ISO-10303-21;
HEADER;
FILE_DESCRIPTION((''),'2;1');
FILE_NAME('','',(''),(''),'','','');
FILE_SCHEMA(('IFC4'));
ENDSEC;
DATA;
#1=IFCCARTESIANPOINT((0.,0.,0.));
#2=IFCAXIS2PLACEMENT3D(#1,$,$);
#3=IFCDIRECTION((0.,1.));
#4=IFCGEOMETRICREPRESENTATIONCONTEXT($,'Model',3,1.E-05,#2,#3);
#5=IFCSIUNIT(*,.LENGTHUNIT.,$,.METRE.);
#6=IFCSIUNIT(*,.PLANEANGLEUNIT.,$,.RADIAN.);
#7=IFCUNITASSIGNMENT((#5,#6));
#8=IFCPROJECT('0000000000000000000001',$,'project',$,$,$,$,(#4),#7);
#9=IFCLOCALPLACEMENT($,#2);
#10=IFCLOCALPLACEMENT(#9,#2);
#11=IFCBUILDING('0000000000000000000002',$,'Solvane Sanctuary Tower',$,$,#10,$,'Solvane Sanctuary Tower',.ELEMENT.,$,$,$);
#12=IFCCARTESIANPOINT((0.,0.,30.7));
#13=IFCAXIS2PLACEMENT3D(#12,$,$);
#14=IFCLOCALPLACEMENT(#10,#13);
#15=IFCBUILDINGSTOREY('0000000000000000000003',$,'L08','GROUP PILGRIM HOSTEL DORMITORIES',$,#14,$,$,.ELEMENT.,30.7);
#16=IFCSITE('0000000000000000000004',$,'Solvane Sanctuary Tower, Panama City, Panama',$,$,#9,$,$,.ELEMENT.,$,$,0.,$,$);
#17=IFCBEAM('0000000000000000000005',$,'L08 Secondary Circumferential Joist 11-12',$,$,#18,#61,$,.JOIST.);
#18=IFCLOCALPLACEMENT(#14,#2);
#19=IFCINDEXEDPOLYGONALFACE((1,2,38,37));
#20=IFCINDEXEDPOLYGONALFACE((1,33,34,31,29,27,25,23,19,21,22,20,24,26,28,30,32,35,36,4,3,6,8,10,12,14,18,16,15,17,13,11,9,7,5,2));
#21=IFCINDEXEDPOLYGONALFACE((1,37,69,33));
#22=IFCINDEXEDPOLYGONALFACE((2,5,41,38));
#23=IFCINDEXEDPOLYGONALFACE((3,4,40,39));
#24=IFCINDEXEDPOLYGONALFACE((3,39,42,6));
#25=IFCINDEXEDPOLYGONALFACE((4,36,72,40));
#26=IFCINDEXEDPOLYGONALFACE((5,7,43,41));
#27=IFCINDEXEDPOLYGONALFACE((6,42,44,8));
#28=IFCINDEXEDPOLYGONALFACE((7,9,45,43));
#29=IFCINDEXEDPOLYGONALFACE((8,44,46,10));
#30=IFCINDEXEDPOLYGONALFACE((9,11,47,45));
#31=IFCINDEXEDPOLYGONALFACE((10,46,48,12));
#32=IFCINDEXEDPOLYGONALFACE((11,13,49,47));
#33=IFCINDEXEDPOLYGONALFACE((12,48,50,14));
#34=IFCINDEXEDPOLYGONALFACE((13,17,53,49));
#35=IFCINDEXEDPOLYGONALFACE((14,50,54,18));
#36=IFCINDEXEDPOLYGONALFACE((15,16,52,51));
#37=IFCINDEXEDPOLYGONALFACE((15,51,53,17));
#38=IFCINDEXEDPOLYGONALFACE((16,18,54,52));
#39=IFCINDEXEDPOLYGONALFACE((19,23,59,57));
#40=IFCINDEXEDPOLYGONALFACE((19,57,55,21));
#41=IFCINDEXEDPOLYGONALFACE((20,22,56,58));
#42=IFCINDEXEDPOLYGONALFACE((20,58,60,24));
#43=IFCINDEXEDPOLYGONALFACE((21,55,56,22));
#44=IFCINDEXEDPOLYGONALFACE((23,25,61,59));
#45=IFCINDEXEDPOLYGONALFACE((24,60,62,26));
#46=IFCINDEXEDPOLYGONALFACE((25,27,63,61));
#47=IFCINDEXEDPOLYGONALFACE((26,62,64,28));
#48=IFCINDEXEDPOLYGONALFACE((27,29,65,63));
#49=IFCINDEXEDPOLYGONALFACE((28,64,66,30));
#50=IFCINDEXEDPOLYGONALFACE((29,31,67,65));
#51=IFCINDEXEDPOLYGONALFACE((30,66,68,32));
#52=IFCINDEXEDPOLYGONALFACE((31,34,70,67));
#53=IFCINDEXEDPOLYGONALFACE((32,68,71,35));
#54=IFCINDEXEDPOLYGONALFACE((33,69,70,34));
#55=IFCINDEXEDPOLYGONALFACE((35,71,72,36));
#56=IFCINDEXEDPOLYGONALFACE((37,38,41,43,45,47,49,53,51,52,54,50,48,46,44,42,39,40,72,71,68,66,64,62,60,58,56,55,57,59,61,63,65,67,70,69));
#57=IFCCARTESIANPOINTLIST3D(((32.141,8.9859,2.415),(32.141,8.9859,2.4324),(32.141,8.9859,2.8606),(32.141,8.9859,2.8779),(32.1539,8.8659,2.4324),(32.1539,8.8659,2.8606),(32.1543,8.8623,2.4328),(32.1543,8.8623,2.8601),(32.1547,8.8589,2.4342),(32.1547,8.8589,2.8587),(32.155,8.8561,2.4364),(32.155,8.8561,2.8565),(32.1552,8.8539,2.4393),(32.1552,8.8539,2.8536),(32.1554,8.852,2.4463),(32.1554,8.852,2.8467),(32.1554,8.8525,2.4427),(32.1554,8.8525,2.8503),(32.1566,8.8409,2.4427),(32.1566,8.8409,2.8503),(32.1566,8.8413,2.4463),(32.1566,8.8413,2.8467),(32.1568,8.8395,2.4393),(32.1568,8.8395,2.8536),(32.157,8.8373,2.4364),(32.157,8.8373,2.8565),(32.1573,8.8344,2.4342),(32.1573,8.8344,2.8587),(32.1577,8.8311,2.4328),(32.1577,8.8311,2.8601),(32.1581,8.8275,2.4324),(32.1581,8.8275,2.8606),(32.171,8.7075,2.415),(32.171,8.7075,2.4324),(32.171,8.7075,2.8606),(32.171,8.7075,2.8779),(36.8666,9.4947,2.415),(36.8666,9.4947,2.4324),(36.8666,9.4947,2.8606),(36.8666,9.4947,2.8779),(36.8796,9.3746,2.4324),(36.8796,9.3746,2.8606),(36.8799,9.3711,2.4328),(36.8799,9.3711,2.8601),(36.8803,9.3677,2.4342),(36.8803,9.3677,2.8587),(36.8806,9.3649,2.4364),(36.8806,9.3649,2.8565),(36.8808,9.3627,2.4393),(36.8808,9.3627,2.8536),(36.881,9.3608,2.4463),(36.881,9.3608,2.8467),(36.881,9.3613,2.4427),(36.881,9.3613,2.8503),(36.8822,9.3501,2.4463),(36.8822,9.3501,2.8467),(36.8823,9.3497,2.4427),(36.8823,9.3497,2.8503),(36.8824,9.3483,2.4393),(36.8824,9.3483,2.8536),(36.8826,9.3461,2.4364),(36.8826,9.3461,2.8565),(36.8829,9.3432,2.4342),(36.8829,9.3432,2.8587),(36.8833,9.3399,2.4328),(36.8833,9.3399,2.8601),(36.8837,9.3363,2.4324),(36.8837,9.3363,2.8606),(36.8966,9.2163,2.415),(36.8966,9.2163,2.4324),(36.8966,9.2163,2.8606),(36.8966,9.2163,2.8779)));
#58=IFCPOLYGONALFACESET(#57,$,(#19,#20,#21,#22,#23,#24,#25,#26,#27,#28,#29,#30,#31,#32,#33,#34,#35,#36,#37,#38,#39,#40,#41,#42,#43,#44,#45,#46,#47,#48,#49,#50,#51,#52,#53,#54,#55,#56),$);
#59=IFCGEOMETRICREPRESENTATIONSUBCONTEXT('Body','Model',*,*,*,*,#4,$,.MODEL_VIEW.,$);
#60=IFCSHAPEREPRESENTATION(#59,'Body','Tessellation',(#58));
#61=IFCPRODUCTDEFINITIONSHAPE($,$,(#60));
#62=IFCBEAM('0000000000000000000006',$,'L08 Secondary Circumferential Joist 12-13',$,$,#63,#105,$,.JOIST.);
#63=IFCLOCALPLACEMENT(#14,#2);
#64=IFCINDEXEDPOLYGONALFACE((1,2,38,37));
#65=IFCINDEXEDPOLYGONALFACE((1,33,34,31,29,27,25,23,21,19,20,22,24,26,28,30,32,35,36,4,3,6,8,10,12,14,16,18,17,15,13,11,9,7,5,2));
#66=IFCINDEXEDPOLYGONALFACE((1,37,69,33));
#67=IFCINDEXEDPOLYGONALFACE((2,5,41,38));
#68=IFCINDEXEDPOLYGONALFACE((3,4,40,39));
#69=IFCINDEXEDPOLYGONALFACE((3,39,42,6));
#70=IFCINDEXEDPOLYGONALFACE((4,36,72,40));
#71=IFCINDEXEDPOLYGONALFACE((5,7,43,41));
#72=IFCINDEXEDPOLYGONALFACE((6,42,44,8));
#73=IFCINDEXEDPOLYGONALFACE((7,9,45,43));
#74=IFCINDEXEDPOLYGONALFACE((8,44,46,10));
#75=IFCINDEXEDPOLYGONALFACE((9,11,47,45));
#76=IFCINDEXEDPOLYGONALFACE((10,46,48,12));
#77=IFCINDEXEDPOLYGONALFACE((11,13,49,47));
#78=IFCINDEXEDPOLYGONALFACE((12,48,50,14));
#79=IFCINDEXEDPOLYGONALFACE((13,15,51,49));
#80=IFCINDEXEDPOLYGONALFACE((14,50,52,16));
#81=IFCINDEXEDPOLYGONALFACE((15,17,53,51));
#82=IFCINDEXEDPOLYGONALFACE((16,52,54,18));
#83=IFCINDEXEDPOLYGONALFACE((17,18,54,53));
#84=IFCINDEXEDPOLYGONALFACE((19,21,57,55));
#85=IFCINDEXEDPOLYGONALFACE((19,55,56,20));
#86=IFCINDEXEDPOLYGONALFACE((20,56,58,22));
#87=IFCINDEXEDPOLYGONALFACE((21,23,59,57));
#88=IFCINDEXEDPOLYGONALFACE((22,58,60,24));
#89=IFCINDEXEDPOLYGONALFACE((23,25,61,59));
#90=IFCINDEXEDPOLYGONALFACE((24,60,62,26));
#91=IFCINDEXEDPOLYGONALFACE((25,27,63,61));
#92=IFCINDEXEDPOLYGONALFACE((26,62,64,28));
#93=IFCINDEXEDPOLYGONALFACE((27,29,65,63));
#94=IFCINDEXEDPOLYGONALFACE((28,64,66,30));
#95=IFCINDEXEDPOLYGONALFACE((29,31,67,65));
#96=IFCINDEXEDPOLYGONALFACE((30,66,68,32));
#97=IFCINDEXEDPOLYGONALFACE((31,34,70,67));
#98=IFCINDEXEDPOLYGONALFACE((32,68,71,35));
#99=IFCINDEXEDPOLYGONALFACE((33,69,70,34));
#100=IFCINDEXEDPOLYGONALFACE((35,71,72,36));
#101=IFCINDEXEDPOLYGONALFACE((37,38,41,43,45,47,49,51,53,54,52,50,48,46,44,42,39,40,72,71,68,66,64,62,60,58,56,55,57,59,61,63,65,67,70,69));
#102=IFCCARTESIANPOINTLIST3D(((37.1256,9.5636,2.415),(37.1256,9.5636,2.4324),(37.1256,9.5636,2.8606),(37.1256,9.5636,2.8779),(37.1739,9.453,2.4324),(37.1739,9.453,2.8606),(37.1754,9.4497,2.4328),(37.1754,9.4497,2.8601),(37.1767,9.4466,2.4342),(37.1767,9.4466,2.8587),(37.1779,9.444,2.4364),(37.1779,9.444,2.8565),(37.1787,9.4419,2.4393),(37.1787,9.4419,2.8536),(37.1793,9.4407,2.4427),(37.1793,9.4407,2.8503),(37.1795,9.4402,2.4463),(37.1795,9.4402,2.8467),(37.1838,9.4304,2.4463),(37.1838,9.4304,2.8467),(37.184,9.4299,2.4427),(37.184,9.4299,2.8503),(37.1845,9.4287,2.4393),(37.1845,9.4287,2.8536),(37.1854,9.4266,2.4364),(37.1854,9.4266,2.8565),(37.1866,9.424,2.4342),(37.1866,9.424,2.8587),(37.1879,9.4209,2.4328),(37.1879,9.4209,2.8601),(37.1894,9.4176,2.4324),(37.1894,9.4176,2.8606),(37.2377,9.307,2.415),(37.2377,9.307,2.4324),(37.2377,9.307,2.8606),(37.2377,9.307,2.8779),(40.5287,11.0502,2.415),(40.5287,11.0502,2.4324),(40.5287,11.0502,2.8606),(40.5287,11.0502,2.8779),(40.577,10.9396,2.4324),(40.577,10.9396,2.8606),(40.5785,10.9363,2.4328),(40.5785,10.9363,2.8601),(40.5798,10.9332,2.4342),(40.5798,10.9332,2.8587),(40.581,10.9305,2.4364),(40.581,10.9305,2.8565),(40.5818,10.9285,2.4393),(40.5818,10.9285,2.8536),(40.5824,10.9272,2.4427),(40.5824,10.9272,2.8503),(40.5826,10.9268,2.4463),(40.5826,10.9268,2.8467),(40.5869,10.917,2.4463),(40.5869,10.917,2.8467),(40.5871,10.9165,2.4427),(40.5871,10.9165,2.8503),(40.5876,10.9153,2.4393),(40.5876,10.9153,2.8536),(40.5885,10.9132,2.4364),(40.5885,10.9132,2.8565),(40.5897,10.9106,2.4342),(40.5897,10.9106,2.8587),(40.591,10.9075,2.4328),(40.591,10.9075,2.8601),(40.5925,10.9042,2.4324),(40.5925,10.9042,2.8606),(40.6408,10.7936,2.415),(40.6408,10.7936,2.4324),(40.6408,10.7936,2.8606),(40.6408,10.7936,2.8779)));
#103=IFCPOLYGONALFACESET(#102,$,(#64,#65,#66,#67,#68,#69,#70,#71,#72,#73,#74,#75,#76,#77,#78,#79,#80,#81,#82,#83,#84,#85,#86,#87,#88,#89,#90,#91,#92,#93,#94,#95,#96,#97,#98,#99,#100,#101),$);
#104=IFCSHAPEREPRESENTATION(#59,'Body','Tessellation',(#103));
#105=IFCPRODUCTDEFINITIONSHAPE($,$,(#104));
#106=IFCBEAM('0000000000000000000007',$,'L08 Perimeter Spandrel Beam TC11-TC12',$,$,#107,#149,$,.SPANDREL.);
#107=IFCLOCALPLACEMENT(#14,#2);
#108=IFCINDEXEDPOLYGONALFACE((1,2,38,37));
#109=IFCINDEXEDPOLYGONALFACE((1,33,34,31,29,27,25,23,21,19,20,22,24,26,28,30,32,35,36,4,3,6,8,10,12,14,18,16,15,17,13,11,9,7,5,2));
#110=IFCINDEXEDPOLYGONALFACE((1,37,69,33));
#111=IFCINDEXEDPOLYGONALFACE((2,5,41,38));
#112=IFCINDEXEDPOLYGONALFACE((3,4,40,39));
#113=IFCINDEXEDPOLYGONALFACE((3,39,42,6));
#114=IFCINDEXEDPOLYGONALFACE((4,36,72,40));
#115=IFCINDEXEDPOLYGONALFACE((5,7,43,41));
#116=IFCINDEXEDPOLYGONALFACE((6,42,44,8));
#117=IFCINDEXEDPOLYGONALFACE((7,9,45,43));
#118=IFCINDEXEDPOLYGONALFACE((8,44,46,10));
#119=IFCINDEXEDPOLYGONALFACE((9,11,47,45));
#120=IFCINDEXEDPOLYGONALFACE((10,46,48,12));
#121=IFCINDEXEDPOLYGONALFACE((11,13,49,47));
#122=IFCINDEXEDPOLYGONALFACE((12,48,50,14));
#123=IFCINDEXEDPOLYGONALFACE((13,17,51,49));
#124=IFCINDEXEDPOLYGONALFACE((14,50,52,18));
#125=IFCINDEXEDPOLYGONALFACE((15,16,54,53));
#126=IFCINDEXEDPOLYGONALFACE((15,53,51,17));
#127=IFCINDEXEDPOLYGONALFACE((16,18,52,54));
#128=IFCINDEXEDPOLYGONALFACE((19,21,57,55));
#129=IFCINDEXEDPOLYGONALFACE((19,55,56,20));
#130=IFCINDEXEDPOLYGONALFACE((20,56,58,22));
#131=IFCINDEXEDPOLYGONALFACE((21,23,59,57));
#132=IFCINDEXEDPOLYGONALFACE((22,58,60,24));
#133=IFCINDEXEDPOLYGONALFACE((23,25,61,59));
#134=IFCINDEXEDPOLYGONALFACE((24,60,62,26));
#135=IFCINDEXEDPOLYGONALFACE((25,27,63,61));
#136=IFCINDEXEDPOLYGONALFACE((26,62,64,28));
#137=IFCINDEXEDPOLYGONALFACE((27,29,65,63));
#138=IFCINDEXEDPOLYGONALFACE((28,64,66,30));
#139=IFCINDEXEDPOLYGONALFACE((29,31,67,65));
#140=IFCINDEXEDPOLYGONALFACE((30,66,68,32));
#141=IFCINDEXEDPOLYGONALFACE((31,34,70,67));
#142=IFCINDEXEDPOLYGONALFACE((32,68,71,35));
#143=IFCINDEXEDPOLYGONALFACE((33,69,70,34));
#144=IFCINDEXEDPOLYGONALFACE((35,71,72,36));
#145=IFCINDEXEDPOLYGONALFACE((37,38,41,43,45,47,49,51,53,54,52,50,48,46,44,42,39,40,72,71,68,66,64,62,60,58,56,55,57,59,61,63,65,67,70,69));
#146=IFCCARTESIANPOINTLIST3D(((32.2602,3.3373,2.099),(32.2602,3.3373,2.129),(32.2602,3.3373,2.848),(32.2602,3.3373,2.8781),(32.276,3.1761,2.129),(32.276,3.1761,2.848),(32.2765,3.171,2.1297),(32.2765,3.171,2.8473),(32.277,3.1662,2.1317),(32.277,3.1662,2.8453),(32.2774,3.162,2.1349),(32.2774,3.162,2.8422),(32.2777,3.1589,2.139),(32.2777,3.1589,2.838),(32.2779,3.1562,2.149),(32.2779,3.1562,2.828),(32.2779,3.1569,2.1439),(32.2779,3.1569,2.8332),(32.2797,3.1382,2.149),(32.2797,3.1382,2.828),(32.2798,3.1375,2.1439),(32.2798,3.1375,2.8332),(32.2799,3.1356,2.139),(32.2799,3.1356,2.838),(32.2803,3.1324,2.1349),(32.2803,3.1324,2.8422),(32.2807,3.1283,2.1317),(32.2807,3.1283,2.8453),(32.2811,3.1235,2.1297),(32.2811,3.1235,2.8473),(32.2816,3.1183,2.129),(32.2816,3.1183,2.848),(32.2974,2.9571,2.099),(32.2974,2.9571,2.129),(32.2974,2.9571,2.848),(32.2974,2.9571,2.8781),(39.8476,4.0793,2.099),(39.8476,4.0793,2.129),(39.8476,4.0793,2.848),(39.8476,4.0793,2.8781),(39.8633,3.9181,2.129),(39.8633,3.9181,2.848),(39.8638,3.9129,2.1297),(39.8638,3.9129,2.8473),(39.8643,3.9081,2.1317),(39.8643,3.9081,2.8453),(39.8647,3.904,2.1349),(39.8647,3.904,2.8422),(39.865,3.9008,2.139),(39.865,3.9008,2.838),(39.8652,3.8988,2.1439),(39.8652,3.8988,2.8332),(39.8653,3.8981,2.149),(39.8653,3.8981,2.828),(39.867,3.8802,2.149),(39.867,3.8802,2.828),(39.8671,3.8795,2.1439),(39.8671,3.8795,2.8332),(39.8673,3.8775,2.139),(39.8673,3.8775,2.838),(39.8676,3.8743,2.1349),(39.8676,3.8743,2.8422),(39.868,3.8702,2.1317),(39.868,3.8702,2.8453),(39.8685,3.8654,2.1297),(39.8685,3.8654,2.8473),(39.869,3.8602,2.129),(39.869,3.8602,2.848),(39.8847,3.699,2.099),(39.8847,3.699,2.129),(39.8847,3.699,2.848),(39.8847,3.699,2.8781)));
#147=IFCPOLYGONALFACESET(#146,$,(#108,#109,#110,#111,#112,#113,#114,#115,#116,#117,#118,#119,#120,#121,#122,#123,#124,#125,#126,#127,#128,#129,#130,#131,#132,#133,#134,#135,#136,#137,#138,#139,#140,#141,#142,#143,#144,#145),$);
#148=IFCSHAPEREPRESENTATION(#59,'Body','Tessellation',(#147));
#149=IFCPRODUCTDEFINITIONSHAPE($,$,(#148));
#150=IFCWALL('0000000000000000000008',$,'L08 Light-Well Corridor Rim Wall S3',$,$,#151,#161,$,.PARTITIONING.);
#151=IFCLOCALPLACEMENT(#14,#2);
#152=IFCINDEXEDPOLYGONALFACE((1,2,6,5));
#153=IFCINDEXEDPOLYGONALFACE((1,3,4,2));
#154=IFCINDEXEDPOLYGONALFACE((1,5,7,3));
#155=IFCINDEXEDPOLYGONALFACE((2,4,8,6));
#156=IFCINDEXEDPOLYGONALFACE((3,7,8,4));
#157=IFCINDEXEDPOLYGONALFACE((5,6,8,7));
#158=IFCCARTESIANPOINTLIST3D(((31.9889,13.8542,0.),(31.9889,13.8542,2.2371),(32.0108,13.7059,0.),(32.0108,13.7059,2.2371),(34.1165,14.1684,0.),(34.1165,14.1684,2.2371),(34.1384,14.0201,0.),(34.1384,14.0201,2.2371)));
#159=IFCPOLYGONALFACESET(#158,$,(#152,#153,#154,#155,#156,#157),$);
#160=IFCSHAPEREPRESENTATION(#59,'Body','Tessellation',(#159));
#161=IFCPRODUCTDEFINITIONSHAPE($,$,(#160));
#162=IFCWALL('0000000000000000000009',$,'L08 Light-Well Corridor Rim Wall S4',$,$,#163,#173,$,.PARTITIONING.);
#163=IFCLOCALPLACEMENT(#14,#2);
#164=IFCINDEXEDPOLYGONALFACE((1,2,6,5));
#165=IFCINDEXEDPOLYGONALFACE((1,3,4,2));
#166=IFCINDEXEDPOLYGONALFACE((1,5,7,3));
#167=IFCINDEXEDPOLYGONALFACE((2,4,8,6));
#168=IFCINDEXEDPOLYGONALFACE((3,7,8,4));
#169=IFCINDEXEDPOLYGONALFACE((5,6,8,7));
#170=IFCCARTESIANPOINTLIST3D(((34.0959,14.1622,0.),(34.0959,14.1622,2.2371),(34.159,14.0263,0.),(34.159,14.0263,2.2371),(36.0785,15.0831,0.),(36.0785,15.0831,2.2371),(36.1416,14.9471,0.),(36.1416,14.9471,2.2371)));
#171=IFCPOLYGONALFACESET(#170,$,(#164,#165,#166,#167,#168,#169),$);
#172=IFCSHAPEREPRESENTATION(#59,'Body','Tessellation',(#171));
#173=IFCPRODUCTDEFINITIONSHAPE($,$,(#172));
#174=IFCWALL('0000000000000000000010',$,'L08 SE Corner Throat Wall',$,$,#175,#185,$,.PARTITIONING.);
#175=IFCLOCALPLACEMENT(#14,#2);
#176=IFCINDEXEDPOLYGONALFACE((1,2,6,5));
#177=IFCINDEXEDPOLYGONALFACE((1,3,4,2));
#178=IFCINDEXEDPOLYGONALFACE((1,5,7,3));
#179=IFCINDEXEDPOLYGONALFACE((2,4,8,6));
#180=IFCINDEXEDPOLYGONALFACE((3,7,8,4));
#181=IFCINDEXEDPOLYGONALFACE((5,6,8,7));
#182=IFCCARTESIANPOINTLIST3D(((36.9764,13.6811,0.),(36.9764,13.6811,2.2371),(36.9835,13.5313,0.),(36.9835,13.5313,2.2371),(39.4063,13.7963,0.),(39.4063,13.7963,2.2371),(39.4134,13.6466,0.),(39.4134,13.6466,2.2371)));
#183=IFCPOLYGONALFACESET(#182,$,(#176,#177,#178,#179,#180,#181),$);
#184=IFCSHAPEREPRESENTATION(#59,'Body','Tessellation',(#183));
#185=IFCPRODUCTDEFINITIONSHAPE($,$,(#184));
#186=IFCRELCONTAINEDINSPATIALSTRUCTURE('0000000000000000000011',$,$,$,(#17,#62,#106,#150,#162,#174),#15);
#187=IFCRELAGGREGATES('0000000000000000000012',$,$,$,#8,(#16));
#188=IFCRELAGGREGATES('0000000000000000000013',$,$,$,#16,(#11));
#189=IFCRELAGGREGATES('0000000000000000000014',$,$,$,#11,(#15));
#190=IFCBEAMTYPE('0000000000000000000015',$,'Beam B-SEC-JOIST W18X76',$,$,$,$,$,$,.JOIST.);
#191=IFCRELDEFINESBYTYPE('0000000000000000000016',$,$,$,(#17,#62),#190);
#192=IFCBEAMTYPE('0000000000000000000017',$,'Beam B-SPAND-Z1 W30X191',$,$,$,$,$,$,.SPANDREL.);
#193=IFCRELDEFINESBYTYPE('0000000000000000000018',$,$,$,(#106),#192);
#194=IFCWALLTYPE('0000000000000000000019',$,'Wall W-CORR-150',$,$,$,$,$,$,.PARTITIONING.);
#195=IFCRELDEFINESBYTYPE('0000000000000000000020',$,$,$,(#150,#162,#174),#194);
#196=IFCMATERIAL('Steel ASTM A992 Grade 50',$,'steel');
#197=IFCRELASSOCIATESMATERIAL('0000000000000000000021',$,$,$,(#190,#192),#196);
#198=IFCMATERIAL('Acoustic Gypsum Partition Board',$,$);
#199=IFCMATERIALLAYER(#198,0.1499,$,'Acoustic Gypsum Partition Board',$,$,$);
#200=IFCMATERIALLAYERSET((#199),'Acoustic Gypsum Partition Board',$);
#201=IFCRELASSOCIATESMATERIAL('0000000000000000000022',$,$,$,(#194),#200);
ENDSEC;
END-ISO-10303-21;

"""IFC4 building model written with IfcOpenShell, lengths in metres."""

from ifc_helpers import new_model, si_unit, direction, frame, frame_2d, origin, origin_2d, place, context, subcontext, project, spatial, rectangle, i_section, extrude, material, layer, layer_set, material_profile, profile_set, type_object, element, save


model = new_model("IFC4")

# Units and contexts
model_context = context("Model", 3, precision=1e-05, world=origin(), true_north=direction((0.0, 1.0)))
body_context = subcontext(model_context, "Body", "Model", "MODEL_VIEW")
ifc_project = project(units=[si_unit("LENGTHUNIT", "METRE"), si_unit("PLANEANGLEUNIT", "RADIAN")], contexts=[model_context])

# Site, building, storey
site_placement = place(None, origin())
site = spatial("IfcSite", under=ifc_project, at=site_placement, Name="Solvane Sanctuary Tower, Panama City, Panama", CompositionType="ELEMENT", RefElevation=0.0)
building_placement = place(site_placement, origin())
building = spatial("IfcBuilding", under=site, at=building_placement, Name="Solvane Sanctuary Tower", LongName="Solvane Sanctuary Tower", CompositionType="ELEMENT")
storey_placement = place(building_placement, frame((0.0, 0.0, 30.7)))
storey = spatial("IfcBuildingStorey", under=building, at=storey_placement, Name="L08", Description="GROUP PILGRIM HOSTEL DORMITORIES", CompositionType="ELEMENT", Elevation=30.7)

# Beams
ifc_material_1 = material(Name="Steel ASTM A992 Grade 50", Category="steel")
ifc_material_profile_1 = material_profile(ifc_material_1, i_section(OverallWidth=0.28, OverallDepth=0.4629, WebThickness=0.0107, FlangeThickness=0.0173, FilletRadius=0.0139, at=origin_2d()), Name="W18X76")
ifc_profile_set_1 = profile_set([ifc_material_profile_1], Name="Steel ASTM A992 Grade 50")
beam_type_1 = type_object("IfcBeamType", Name="Beam B-SEC-JOIST W18X76", PredefinedType="JOIST", material=ifc_profile_set_1)
beam_1_placement = place(storey_placement, frame((32.156, 8.8467, 2.6465), z_axis=(0.994254, 0.107048, 0.0), x_axis=(-0.107048, 0.994254, 0.0)))
element("IfcBeam", 1, at=beam_1_placement, inside=storey, type_object=beam_type_1, Name="L08 Secondary Circumferential Joist 11-12", PredefinedType="JOIST", context=body_context, shape_type="SweptSolid", body=[
    extrude(i_section(OverallWidth=0.28, OverallDepth=0.4629, WebThickness=0.0107, FlangeThickness=0.0173, FilletRadius=0.0139, at=origin_2d()), origin(), (0.0, 0.0, 1.0), 4.7529),
])
beam_2_placement = place(storey_placement, frame((37.1816, 9.4353, 2.6465), z_axis=(0.916382, 0.400305, 0.0), x_axis=(-0.400305, 0.916382, 0.0)))
element("IfcBeam", 2, at=beam_2_placement, inside=storey, type_object=beam_type_1, Name="L08 Secondary Circumferential Joist 12-13", PredefinedType="JOIST", context=body_context, shape_type="SweptSolid", body=[
    extrude(i_section(OverallWidth=0.28, OverallDepth=0.4629, WebThickness=0.0107, FlangeThickness=0.0173, FilletRadius=0.0139, at=origin_2d()), origin(), (0.0, 0.0, 1.0), 3.7136),
])
ifc_material_profile_2 = material_profile(ifc_material_1, i_section(OverallWidth=0.3821, OverallDepth=0.7791, WebThickness=0.0181, FlangeThickness=0.03, FilletRadius=0.02, at=origin_2d()), Name="W30X191")
ifc_profile_set_2 = profile_set([ifc_material_profile_2], Name="Steel ASTM A992 Grade 50")
beam_type_2 = type_object("IfcBeamType", Name="Beam B-SPAND-Z1 W30X191", PredefinedType="SPANDREL", material=ifc_profile_set_2)
beam_3_placement = place(storey_placement, frame((32.2788, 3.1472, 2.4885), z_axis=(0.995253, 0.097322, 0.0), x_axis=(-0.097322, 0.995253, 0.0)))
element("IfcBeam", 3, at=beam_3_placement, inside=storey, type_object=beam_type_2, Name="L08 Perimeter Spandrel Beam TC11-TC12", PredefinedType="SPANDREL", context=body_context, shape_type="SweptSolid", body=[
    extrude(i_section(OverallWidth=0.3821, OverallDepth=0.7791, WebThickness=0.0181, FlangeThickness=0.03, FilletRadius=0.02, at=origin_2d()), origin(), (0.0, 0.0, 1.0), 7.6235),
])

# Walls
ifc_material_2 = material(Name="Acoustic Gypsum Partition Board")
ifc_layer_1 = layer(ifc_material_2, 0.1499, Name="Acoustic Gypsum Partition Board")
ifc_layer_set_1 = layer_set([ifc_layer_1], Name="Acoustic Gypsum Partition Board")
wall_type_1 = type_object("IfcWallType", Name="Wall W-CORR-150", PredefinedType="PARTITIONING", material=ifc_layer_set_1)
wall_1_placement = place(storey_placement, frame((32.0, 13.78, 0.0), z_axis=(0.0, 0.0, 1.0), x_axis=(0.989269, 0.146108, 0.0)))
element("IfcWall", 4, at=wall_1_placement, inside=storey, type_object=wall_type_1, Name="L08 Light-Well Corridor Rim Wall S3", PredefinedType="PARTITIONING", context=body_context, shape_type="SweptSolid", body=[
    extrude(rectangle(XDim=2.1506, YDim=0.1499, at=frame_2d((1.0752, 0.0))), origin(), (0.0, 0.0, 1.0), 2.2371),
])
wall_2_placement = place(storey_placement, frame((34.1274, 14.0942, 0.0), z_axis=(0.0, 0.0, 1.0), x_axis=(0.906943, 0.421252, 0.0)))
element("IfcWall", 5, at=wall_2_placement, inside=storey, type_object=wall_type_1, Name="L08 Light-Well Corridor Rim Wall S4", PredefinedType="PARTITIONING", context=body_context, shape_type="SweptSolid", body=[
    extrude(rectangle(XDim=2.186, YDim=0.1499, at=frame_2d((1.093, 0.0))), origin(), (0.0, 0.0, 1.0), 2.2371),
])
wall_3_placement = place(storey_placement, frame((36.98, 13.6062, 0.0), z_axis=(0.0, 0.0, 1.0), x_axis=(0.998877, 0.04737, 0.0)))
element("IfcWall", 6, at=wall_3_placement, inside=storey, type_object=wall_type_1, Name="L08 SE Corner Throat Wall", PredefinedType="PARTITIONING", context=body_context, shape_type="SweptSolid", body=[
    extrude(rectangle(XDim=2.4326, YDim=0.1499, at=frame_2d((1.2163, 0.0))), origin(), (0.0, 0.0, 1.0), 2.2371),
])

save(model, "model.ifc")
